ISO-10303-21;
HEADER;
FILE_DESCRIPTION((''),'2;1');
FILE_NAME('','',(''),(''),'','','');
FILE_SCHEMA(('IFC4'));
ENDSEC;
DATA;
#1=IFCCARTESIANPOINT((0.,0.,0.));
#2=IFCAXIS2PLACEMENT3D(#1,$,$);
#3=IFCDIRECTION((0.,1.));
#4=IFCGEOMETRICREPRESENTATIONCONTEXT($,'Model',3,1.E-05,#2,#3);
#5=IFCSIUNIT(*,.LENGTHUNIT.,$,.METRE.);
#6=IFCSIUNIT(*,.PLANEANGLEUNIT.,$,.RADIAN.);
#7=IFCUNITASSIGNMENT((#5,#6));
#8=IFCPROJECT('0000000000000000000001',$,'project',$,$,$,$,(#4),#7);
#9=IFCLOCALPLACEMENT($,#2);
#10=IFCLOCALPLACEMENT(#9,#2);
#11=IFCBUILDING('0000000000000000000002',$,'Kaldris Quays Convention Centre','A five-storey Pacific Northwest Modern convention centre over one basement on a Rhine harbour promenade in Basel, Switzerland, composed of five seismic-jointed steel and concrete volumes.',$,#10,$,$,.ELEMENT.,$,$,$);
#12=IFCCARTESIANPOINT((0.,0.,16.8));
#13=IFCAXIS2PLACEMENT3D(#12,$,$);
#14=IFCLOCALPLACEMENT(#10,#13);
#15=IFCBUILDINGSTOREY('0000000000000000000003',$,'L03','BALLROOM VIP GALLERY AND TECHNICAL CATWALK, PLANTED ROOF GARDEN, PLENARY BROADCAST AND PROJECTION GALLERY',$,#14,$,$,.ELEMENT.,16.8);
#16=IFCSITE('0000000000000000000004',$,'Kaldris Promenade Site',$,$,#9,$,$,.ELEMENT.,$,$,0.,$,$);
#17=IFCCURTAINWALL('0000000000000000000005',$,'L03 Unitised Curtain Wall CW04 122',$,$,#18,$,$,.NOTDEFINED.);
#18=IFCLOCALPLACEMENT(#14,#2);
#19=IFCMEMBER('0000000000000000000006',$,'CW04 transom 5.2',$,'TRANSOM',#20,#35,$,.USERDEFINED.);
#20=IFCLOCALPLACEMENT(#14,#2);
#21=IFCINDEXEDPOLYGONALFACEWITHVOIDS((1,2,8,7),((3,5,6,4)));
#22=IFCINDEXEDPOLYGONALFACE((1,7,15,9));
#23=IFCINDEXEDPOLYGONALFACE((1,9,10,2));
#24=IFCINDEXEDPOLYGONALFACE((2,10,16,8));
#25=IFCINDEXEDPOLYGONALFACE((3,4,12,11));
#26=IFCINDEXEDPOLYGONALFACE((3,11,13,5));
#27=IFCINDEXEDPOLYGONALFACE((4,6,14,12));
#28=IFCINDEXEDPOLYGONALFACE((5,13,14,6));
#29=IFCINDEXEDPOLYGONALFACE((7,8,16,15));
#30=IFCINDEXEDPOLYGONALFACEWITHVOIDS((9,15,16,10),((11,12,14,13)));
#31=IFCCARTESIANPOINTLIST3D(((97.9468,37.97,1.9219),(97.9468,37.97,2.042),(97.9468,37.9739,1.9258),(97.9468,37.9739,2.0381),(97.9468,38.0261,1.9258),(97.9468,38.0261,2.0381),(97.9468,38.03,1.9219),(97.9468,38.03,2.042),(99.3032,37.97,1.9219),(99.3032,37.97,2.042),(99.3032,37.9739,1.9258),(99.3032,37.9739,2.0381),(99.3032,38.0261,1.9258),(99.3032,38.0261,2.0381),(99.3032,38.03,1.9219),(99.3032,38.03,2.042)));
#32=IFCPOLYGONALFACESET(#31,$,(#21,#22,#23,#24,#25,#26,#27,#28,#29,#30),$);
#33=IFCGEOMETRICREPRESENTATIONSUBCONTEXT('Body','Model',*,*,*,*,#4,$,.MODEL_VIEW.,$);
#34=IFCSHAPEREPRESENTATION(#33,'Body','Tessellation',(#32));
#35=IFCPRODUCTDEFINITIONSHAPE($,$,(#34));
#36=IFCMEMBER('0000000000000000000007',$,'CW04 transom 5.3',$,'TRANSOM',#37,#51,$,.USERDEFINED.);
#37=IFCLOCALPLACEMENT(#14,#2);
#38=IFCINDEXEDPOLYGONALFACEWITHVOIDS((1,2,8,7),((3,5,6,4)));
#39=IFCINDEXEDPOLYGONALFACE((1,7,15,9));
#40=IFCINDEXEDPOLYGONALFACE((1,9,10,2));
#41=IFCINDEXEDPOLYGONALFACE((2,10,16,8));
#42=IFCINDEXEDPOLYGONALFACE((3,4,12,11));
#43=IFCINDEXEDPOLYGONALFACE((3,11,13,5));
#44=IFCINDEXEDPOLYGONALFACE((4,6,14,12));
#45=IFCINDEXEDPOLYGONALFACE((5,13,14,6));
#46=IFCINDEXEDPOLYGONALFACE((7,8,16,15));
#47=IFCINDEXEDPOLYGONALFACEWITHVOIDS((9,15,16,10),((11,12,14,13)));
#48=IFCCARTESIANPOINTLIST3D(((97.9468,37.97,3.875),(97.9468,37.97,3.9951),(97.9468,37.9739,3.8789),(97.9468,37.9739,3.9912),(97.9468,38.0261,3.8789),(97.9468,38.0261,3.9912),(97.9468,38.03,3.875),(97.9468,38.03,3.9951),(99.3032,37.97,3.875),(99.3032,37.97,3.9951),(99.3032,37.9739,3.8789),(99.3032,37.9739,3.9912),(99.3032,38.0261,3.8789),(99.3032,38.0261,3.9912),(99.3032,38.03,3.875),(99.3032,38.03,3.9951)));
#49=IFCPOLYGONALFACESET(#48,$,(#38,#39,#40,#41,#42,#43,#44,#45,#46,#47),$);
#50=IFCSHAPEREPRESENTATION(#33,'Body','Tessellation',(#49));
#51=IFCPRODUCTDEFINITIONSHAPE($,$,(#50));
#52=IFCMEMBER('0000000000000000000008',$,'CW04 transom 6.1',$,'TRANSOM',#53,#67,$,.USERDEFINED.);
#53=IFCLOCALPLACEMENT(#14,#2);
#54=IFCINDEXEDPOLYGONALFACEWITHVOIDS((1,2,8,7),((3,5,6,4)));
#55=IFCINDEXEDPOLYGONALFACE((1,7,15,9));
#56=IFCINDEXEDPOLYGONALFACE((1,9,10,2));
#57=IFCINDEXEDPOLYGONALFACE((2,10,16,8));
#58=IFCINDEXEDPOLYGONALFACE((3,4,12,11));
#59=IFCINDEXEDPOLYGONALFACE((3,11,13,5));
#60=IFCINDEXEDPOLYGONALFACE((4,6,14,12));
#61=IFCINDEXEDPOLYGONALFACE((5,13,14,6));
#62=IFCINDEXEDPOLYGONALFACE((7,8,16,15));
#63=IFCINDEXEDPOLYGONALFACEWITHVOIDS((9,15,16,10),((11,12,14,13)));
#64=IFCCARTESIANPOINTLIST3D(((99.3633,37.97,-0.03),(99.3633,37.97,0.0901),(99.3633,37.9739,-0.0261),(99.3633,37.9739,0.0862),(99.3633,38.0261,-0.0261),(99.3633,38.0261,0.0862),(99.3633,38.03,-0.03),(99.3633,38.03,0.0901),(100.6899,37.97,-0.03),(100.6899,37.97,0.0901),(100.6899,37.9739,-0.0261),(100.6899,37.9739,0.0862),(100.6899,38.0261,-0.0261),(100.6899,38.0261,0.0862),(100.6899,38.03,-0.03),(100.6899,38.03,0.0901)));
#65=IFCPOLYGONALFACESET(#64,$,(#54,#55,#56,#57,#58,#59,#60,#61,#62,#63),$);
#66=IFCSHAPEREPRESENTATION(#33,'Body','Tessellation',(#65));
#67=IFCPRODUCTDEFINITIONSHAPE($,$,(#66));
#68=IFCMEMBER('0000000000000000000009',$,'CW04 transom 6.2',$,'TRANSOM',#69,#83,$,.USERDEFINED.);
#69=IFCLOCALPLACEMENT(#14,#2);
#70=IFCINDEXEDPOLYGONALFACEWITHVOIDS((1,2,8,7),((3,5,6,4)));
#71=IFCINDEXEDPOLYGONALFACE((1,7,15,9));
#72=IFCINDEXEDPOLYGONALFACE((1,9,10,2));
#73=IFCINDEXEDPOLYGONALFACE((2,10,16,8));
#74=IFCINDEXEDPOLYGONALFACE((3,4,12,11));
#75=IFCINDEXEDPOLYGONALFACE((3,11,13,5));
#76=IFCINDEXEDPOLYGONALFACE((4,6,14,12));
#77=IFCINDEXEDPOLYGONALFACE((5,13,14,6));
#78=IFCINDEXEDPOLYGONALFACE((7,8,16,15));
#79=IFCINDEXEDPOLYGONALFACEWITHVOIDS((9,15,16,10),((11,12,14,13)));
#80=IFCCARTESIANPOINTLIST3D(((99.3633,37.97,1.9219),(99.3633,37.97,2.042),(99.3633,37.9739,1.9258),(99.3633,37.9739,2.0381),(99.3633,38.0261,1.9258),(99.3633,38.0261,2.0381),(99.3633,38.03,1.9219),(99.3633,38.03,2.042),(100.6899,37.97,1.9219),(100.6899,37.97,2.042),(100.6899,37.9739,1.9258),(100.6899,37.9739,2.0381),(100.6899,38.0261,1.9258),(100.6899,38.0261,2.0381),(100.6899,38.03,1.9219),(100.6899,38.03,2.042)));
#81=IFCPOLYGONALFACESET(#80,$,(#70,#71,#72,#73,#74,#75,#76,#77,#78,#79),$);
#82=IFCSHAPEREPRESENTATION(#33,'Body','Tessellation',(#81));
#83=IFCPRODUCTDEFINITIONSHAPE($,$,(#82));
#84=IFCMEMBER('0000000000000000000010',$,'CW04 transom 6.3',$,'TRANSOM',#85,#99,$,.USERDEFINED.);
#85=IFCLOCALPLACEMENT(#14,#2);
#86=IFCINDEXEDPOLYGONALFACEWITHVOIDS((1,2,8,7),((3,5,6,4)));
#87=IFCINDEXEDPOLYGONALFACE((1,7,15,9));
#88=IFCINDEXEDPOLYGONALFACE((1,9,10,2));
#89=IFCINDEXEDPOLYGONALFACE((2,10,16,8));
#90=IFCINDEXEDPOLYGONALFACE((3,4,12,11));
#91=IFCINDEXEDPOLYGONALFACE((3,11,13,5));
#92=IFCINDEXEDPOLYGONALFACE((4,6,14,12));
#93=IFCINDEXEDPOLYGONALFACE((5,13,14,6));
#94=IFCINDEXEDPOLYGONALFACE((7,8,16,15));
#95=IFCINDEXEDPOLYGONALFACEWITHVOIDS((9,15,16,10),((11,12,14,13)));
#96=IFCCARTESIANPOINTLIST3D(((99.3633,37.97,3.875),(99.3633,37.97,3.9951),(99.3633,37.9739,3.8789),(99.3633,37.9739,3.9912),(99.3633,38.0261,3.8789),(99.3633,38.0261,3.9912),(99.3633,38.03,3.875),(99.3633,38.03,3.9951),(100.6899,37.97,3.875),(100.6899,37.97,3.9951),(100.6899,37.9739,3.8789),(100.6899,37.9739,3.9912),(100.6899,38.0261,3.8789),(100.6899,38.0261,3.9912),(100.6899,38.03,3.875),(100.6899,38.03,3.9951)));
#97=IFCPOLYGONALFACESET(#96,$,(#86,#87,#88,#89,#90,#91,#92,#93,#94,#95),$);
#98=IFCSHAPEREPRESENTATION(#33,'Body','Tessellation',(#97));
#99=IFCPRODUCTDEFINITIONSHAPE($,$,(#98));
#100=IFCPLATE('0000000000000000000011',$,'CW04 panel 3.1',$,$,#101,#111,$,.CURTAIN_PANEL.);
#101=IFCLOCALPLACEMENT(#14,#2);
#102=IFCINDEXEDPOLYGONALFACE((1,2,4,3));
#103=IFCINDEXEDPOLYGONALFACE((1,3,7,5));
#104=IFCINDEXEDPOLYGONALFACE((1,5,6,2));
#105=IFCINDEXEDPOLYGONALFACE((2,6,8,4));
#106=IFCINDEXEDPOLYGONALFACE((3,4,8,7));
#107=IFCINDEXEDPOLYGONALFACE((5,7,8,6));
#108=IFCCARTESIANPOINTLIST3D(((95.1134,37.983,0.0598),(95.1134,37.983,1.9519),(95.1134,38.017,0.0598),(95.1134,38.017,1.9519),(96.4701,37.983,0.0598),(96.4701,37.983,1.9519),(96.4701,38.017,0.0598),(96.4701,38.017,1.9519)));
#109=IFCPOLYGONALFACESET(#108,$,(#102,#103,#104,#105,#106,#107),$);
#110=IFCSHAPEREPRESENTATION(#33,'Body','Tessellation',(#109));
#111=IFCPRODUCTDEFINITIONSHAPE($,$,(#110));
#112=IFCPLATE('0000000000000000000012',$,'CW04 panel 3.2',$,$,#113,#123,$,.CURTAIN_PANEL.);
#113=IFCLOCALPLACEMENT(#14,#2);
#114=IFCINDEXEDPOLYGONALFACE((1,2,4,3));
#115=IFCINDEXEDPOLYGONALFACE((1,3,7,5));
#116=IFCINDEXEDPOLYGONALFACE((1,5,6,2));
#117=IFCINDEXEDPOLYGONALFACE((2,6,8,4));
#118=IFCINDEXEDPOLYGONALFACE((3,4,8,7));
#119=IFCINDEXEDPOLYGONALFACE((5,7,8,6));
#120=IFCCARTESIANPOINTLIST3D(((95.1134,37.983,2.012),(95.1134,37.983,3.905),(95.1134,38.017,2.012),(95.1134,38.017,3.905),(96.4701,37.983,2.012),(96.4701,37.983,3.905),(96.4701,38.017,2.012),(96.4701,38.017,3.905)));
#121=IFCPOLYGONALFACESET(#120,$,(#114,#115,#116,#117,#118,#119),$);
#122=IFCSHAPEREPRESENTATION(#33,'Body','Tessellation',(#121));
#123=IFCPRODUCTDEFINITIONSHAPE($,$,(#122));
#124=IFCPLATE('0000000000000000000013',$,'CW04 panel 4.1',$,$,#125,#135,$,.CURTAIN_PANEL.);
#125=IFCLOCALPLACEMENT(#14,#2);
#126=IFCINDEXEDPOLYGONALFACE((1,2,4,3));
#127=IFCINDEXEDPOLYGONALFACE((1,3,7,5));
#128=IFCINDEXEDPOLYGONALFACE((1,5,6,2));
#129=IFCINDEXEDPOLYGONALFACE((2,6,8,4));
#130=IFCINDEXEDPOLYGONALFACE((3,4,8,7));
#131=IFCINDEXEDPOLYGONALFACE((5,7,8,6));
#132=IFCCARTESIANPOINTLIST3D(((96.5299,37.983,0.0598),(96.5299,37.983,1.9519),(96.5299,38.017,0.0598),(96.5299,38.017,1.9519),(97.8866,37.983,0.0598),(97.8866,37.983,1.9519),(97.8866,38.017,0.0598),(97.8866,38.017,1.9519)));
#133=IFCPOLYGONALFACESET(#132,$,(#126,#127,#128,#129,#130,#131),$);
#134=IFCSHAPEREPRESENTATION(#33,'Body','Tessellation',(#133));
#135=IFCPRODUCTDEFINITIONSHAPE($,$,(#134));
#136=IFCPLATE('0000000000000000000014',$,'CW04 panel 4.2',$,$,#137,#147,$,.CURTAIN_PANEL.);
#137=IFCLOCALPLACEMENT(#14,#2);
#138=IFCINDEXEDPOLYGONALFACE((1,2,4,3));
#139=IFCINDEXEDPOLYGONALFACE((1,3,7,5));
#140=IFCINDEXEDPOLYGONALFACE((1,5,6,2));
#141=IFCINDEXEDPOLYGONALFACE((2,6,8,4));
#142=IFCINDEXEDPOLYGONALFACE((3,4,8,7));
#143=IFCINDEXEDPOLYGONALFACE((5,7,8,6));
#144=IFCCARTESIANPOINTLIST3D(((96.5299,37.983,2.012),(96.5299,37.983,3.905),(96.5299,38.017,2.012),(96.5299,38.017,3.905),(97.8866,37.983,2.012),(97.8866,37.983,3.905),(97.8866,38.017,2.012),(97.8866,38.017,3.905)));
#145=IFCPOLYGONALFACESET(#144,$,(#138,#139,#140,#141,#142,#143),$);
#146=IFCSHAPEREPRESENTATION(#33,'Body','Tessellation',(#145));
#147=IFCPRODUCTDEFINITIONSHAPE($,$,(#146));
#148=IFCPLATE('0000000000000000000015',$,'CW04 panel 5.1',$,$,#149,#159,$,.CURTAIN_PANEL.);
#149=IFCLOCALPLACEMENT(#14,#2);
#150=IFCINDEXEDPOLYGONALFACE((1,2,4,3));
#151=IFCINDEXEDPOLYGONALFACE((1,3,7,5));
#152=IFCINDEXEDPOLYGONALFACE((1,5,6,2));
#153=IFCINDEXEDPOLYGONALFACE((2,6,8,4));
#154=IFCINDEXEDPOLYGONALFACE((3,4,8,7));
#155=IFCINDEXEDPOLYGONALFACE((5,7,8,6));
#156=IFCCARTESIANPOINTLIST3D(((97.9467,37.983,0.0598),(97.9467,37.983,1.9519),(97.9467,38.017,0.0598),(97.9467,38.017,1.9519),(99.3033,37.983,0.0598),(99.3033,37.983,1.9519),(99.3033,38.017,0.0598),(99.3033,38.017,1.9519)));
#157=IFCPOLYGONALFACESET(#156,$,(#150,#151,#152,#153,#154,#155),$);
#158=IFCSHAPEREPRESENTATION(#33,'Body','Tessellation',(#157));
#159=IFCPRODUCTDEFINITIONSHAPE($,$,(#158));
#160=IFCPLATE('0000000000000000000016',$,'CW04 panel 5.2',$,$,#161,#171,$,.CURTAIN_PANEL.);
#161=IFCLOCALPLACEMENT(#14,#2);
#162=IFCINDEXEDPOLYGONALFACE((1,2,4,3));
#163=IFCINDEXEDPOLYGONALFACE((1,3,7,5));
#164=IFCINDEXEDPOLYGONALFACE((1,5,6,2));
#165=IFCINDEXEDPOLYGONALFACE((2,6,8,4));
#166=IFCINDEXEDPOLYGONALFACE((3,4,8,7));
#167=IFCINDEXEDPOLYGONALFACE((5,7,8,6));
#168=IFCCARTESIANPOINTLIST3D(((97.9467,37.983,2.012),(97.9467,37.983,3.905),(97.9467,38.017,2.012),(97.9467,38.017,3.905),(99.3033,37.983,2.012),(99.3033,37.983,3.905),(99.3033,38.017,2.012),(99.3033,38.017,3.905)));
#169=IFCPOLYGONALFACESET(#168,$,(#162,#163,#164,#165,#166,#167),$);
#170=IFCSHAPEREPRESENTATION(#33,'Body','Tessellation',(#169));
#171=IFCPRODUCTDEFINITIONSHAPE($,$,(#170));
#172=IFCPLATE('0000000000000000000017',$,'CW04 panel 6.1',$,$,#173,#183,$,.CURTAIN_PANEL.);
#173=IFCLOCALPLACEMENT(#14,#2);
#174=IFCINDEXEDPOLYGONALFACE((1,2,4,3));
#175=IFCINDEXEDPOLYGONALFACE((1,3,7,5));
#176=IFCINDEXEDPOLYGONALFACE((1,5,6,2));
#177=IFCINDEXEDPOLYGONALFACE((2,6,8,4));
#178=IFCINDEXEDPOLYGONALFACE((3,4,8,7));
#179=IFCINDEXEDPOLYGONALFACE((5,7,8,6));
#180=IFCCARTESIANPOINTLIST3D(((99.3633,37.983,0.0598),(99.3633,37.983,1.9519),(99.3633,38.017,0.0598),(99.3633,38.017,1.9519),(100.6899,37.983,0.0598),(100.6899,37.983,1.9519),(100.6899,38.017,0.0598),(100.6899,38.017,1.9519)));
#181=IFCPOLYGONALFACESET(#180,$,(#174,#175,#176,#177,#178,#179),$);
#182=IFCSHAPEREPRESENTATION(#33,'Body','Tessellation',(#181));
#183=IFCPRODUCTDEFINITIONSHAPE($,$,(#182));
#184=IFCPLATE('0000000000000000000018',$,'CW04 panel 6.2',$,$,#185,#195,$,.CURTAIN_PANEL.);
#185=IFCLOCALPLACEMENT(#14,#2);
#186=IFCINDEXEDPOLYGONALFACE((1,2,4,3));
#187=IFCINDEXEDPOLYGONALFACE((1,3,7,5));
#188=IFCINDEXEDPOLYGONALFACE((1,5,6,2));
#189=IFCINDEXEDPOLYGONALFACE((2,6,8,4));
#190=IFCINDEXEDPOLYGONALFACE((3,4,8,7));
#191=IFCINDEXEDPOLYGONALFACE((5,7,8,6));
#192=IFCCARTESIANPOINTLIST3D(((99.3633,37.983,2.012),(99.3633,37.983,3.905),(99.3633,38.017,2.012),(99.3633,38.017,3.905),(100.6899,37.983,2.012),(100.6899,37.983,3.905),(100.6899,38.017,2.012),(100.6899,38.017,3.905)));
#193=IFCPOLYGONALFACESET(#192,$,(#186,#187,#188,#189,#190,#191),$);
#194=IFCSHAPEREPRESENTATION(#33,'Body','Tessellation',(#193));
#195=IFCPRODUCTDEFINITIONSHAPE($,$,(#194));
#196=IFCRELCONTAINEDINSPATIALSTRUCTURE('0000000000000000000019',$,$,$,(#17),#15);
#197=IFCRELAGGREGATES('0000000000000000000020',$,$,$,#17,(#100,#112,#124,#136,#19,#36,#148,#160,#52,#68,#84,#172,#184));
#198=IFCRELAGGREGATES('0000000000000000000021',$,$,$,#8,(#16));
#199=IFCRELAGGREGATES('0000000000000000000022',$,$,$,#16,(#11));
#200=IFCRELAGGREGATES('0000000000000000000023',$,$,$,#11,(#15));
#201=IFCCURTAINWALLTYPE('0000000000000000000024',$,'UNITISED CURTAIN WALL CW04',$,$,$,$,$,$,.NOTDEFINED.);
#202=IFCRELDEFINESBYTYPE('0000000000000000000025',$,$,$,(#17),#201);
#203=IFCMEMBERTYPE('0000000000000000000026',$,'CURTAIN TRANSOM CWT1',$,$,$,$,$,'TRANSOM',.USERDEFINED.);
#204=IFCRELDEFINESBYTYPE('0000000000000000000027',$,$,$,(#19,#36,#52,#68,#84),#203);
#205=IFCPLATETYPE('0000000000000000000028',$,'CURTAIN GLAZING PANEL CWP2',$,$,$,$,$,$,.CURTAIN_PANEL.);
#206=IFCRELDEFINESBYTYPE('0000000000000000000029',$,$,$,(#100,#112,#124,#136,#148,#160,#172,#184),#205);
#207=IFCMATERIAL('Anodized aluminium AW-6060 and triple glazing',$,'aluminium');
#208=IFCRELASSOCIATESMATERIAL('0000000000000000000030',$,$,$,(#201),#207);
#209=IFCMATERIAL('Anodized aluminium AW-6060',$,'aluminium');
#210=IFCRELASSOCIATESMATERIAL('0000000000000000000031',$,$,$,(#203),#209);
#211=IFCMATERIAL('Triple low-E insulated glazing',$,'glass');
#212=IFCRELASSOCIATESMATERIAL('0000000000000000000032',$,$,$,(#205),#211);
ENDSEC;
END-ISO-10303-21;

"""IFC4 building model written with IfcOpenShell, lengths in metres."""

from ifc_helpers import new_model, si_unit, direction, frame, origin, origin_2d, place, context, subcontext, project, spatial, rectangle, hollow_rectangle, extrude, material, material_profile, profile_set, type_object, element, aggregate, save


model = new_model("IFC4")

# Units and contexts
model_context = context("Model", 3, precision=1e-05, world=origin(), true_north=direction((0.0, 1.0)))
body_context = subcontext(model_context, "Body", "Model", "MODEL_VIEW")
ifc_project = project(units=[si_unit("LENGTHUNIT", "METRE"), si_unit("PLANEANGLEUNIT", "RADIAN")], contexts=[model_context])

# Site, building, storey
site_placement = place(None, origin())
site = spatial("IfcSite", under=ifc_project, at=site_placement, Name="Kaldris Promenade Site", CompositionType="ELEMENT", RefElevation=0.0)
building_placement = place(site_placement, origin())
building = spatial("IfcBuilding", under=site, at=building_placement, Name="Kaldris Quays Convention Centre", Description="A five-storey Pacific Northwest Modern convention centre over one basement on a Rhine harbour promenade in Basel, Switzerland, composed of five seismic-jointed steel and concrete volumes.", CompositionType="ELEMENT")
storey_placement = place(building_placement, frame((0.0, 0.0, 16.8)))
storey = spatial("IfcBuildingStorey", under=building, at=storey_placement, Name="L03", Description="BALLROOM VIP GALLERY AND TECHNICAL CATWALK, PLANTED ROOF GARDEN, PLENARY BROADCAST AND PROJECTION GALLERY", CompositionType="ELEMENT", Elevation=16.8)

# Curtain wall, members, plates
ifc_material_1 = material(Name="Anodized aluminium AW-6060 and triple glazing", Category="aluminium")
curtain_wall_type = type_object("IfcCurtainWallType", Name="UNITISED CURTAIN WALL CW04", PredefinedType="NOTDEFINED", material=ifc_material_1)
curtain_wall_placement = place(storey_placement, origin())
curtain_wall = element("IfcCurtainWall", 1, at=curtain_wall_placement, inside=storey, type_object=curtain_wall_type, Name="L03 Unitised Curtain Wall CW04 122", PredefinedType="NOTDEFINED")
ifc_material_2 = material(Name="Anodized aluminium AW-6060", Category="aluminium")
ifc_material_profile_1 = material_profile(ifc_material_2, hollow_rectangle(XDim=0.0601, YDim=0.1201, WallThickness=0.0039, at=origin_2d()), Name="RHS 120x60x4")
ifc_profile_set_1 = profile_set([ifc_material_profile_1], Name="Anodized aluminium AW-6060")
member_type_1 = type_object("IfcMemberType", Name="CURTAIN TRANSOM CWT1", ElementType="TRANSOM", PredefinedType="USERDEFINED", material=ifc_profile_set_1)
member_1_placement = place(storey_placement, frame((97.9468, 38.0, 1.9819), z_axis=(1.0, 0.0, 0.0), x_axis=(0.0, 1.0, 0.0)))
member_1 = element("IfcMember", 2, at=member_1_placement, type_object=member_type_1, Name="CW04 transom 5.2", ObjectType="TRANSOM", PredefinedType="USERDEFINED", context=body_context, shape_type="SweptSolid", body=[
    extrude(hollow_rectangle(XDim=0.0601, YDim=0.1201, WallThickness=0.0039, at=origin_2d()), origin(), (0.0, 0.0, 1.0), 1.3564),
])
member_2_placement = place(storey_placement, frame((97.9468, 38.0, 3.9351), z_axis=(1.0, 0.0, 0.0), x_axis=(0.0, 1.0, 0.0)))
member_2 = element("IfcMember", 3, at=member_2_placement, type_object=member_type_1, Name="CW04 transom 5.3", ObjectType="TRANSOM", PredefinedType="USERDEFINED", context=body_context, shape_type="SweptSolid", body=[
    extrude(hollow_rectangle(XDim=0.0601, YDim=0.1201, WallThickness=0.0039, at=origin_2d()), origin(), (0.0, 0.0, 1.0), 1.3564),
])
member_3_placement = place(storey_placement, frame((99.3633, 38.0, 0.03), z_axis=(1.0, 0.0, 0.0), x_axis=(0.0, 1.0, 0.0)))
member_3 = element("IfcMember", 4, at=member_3_placement, type_object=member_type_1, Name="CW04 transom 6.1", ObjectType="TRANSOM", PredefinedType="USERDEFINED", context=body_context, shape_type="SweptSolid", body=[
    extrude(hollow_rectangle(XDim=0.0601, YDim=0.1201, WallThickness=0.0039, at=origin_2d()), origin(), (0.0, 0.0, 1.0), 1.3267),
])
member_4_placement = place(storey_placement, frame((99.3633, 38.0, 1.9819), z_axis=(1.0, 0.0, 0.0), x_axis=(0.0, 1.0, 0.0)))
member_4 = element("IfcMember", 5, at=member_4_placement, type_object=member_type_1, Name="CW04 transom 6.2", ObjectType="TRANSOM", PredefinedType="USERDEFINED", context=body_context, shape_type="SweptSolid", body=[
    extrude(hollow_rectangle(XDim=0.0601, YDim=0.1201, WallThickness=0.0039, at=origin_2d()), origin(), (0.0, 0.0, 1.0), 1.3267),
])
member_5_placement = place(storey_placement, frame((99.3633, 38.0, 3.9351), z_axis=(1.0, 0.0, 0.0), x_axis=(0.0, 1.0, 0.0)))
member_5 = element("IfcMember", 6, at=member_5_placement, type_object=member_type_1, Name="CW04 transom 6.3", ObjectType="TRANSOM", PredefinedType="USERDEFINED", context=body_context, shape_type="SweptSolid", body=[
    extrude(hollow_rectangle(XDim=0.0601, YDim=0.1201, WallThickness=0.0039, at=origin_2d()), origin(), (0.0, 0.0, 1.0), 1.3267),
])
ifc_material_3 = material(Name="Triple low-E insulated glazing", Category="glass")
plate_type = type_object("IfcPlateType", Name="CURTAIN GLAZING PANEL CWP2", PredefinedType="CURTAIN_PANEL", material=ifc_material_3)
plate_1_placement = place(storey_placement, frame((95.7917, 38.0, 0.0598), z_axis=(0.0, 0.0, 1.0), x_axis=(1.0, 0.0, 0.0)))
plate_1 = element("IfcPlate", 7, at=plate_1_placement, type_object=plate_type, Name="CW04 panel 3.1", PredefinedType="CURTAIN_PANEL", context=body_context, shape_type="SweptSolid", body=[
    extrude(rectangle(XDim=1.3567, YDim=0.0339, at=origin_2d()), origin(), (0.0, 0.0, 1.0), 1.8921),
])
plate_2_placement = place(storey_placement, frame((95.7917, 38.0, 2.012), z_axis=(0.0, 0.0, 1.0), x_axis=(1.0, 0.0, 0.0)))
plate_2 = element("IfcPlate", 8, at=plate_2_placement, type_object=plate_type, Name="CW04 panel 3.2", PredefinedType="CURTAIN_PANEL", context=body_context, shape_type="SweptSolid", body=[
    extrude(rectangle(XDim=1.3567, YDim=0.0339, at=origin_2d()), origin(), (0.0, 0.0, 1.0), 1.8931),
])
plate_3_placement = place(storey_placement, frame((97.2083, 38.0, 0.0598), z_axis=(0.0, 0.0, 1.0), x_axis=(1.0, 0.0, 0.0)))
plate_3 = element("IfcPlate", 9, at=plate_3_placement, type_object=plate_type, Name="CW04 panel 4.1", PredefinedType="CURTAIN_PANEL", context=body_context, shape_type="SweptSolid", body=[
    extrude(rectangle(XDim=1.3567, YDim=0.0339, at=origin_2d()), origin(), (0.0, 0.0, 1.0), 1.8921),
])
plate_4_placement = place(storey_placement, frame((97.2083, 38.0, 2.012), z_axis=(0.0, 0.0, 1.0), x_axis=(1.0, 0.0, 0.0)))
plate_4 = element("IfcPlate", 10, at=plate_4_placement, type_object=plate_type, Name="CW04 panel 4.2", PredefinedType="CURTAIN_PANEL", context=body_context, shape_type="SweptSolid", body=[
    extrude(rectangle(XDim=1.3567, YDim=0.0339, at=origin_2d()), origin(), (0.0, 0.0, 1.0), 1.8931),
])
plate_5_placement = place(storey_placement, frame((98.625, 38.0, 0.0598), z_axis=(0.0, 0.0, 1.0), x_axis=(1.0, 0.0, 0.0)))
plate_5 = element("IfcPlate", 11, at=plate_5_placement, type_object=plate_type, Name="CW04 panel 5.1", PredefinedType="CURTAIN_PANEL", context=body_context, shape_type="SweptSolid", body=[
    extrude(rectangle(XDim=1.3567, YDim=0.0339, at=origin_2d()), origin(), (0.0, 0.0, 1.0), 1.8921),
])
plate_6_placement = place(storey_placement, frame((98.625, 38.0, 2.012), z_axis=(0.0, 0.0, 1.0), x_axis=(1.0, 0.0, 0.0)))
plate_6 = element("IfcPlate", 12, at=plate_6_placement, type_object=plate_type, Name="CW04 panel 5.2", PredefinedType="CURTAIN_PANEL", context=body_context, shape_type="SweptSolid", body=[
    extrude(rectangle(XDim=1.3567, YDim=0.0339, at=origin_2d()), origin(), (0.0, 0.0, 1.0), 1.8931),
])
plate_7_placement = place(storey_placement, frame((100.0266, 38.0, 0.0598), z_axis=(0.0, 0.0, 1.0), x_axis=(1.0, 0.0, 0.0)))
plate_7 = element("IfcPlate", 13, at=plate_7_placement, type_object=plate_type, Name="CW04 panel 6.1", PredefinedType="CURTAIN_PANEL", context=body_context, shape_type="SweptSolid", body=[
    extrude(rectangle(XDim=1.3267, YDim=0.0339, at=origin_2d()), origin(), (0.0, 0.0, 1.0), 1.8921),
])
plate_8_placement = place(storey_placement, frame((100.0266, 38.0, 2.012), z_axis=(0.0, 0.0, 1.0), x_axis=(1.0, 0.0, 0.0)))
plate_8 = element("IfcPlate", 14, at=plate_8_placement, type_object=plate_type, Name="CW04 panel 6.2", PredefinedType="CURTAIN_PANEL", context=body_context, shape_type="SweptSolid", body=[
    extrude(rectangle(XDim=1.3267, YDim=0.0339, at=origin_2d()), origin(), (0.0, 0.0, 1.0), 1.8931),
])
aggregate(curtain_wall, [plate_1, plate_2, plate_3, plate_4, member_1, member_2, plate_5, plate_6, member_3, member_4, member_5, plate_7, plate_8])

save(model, "model.ifc")
